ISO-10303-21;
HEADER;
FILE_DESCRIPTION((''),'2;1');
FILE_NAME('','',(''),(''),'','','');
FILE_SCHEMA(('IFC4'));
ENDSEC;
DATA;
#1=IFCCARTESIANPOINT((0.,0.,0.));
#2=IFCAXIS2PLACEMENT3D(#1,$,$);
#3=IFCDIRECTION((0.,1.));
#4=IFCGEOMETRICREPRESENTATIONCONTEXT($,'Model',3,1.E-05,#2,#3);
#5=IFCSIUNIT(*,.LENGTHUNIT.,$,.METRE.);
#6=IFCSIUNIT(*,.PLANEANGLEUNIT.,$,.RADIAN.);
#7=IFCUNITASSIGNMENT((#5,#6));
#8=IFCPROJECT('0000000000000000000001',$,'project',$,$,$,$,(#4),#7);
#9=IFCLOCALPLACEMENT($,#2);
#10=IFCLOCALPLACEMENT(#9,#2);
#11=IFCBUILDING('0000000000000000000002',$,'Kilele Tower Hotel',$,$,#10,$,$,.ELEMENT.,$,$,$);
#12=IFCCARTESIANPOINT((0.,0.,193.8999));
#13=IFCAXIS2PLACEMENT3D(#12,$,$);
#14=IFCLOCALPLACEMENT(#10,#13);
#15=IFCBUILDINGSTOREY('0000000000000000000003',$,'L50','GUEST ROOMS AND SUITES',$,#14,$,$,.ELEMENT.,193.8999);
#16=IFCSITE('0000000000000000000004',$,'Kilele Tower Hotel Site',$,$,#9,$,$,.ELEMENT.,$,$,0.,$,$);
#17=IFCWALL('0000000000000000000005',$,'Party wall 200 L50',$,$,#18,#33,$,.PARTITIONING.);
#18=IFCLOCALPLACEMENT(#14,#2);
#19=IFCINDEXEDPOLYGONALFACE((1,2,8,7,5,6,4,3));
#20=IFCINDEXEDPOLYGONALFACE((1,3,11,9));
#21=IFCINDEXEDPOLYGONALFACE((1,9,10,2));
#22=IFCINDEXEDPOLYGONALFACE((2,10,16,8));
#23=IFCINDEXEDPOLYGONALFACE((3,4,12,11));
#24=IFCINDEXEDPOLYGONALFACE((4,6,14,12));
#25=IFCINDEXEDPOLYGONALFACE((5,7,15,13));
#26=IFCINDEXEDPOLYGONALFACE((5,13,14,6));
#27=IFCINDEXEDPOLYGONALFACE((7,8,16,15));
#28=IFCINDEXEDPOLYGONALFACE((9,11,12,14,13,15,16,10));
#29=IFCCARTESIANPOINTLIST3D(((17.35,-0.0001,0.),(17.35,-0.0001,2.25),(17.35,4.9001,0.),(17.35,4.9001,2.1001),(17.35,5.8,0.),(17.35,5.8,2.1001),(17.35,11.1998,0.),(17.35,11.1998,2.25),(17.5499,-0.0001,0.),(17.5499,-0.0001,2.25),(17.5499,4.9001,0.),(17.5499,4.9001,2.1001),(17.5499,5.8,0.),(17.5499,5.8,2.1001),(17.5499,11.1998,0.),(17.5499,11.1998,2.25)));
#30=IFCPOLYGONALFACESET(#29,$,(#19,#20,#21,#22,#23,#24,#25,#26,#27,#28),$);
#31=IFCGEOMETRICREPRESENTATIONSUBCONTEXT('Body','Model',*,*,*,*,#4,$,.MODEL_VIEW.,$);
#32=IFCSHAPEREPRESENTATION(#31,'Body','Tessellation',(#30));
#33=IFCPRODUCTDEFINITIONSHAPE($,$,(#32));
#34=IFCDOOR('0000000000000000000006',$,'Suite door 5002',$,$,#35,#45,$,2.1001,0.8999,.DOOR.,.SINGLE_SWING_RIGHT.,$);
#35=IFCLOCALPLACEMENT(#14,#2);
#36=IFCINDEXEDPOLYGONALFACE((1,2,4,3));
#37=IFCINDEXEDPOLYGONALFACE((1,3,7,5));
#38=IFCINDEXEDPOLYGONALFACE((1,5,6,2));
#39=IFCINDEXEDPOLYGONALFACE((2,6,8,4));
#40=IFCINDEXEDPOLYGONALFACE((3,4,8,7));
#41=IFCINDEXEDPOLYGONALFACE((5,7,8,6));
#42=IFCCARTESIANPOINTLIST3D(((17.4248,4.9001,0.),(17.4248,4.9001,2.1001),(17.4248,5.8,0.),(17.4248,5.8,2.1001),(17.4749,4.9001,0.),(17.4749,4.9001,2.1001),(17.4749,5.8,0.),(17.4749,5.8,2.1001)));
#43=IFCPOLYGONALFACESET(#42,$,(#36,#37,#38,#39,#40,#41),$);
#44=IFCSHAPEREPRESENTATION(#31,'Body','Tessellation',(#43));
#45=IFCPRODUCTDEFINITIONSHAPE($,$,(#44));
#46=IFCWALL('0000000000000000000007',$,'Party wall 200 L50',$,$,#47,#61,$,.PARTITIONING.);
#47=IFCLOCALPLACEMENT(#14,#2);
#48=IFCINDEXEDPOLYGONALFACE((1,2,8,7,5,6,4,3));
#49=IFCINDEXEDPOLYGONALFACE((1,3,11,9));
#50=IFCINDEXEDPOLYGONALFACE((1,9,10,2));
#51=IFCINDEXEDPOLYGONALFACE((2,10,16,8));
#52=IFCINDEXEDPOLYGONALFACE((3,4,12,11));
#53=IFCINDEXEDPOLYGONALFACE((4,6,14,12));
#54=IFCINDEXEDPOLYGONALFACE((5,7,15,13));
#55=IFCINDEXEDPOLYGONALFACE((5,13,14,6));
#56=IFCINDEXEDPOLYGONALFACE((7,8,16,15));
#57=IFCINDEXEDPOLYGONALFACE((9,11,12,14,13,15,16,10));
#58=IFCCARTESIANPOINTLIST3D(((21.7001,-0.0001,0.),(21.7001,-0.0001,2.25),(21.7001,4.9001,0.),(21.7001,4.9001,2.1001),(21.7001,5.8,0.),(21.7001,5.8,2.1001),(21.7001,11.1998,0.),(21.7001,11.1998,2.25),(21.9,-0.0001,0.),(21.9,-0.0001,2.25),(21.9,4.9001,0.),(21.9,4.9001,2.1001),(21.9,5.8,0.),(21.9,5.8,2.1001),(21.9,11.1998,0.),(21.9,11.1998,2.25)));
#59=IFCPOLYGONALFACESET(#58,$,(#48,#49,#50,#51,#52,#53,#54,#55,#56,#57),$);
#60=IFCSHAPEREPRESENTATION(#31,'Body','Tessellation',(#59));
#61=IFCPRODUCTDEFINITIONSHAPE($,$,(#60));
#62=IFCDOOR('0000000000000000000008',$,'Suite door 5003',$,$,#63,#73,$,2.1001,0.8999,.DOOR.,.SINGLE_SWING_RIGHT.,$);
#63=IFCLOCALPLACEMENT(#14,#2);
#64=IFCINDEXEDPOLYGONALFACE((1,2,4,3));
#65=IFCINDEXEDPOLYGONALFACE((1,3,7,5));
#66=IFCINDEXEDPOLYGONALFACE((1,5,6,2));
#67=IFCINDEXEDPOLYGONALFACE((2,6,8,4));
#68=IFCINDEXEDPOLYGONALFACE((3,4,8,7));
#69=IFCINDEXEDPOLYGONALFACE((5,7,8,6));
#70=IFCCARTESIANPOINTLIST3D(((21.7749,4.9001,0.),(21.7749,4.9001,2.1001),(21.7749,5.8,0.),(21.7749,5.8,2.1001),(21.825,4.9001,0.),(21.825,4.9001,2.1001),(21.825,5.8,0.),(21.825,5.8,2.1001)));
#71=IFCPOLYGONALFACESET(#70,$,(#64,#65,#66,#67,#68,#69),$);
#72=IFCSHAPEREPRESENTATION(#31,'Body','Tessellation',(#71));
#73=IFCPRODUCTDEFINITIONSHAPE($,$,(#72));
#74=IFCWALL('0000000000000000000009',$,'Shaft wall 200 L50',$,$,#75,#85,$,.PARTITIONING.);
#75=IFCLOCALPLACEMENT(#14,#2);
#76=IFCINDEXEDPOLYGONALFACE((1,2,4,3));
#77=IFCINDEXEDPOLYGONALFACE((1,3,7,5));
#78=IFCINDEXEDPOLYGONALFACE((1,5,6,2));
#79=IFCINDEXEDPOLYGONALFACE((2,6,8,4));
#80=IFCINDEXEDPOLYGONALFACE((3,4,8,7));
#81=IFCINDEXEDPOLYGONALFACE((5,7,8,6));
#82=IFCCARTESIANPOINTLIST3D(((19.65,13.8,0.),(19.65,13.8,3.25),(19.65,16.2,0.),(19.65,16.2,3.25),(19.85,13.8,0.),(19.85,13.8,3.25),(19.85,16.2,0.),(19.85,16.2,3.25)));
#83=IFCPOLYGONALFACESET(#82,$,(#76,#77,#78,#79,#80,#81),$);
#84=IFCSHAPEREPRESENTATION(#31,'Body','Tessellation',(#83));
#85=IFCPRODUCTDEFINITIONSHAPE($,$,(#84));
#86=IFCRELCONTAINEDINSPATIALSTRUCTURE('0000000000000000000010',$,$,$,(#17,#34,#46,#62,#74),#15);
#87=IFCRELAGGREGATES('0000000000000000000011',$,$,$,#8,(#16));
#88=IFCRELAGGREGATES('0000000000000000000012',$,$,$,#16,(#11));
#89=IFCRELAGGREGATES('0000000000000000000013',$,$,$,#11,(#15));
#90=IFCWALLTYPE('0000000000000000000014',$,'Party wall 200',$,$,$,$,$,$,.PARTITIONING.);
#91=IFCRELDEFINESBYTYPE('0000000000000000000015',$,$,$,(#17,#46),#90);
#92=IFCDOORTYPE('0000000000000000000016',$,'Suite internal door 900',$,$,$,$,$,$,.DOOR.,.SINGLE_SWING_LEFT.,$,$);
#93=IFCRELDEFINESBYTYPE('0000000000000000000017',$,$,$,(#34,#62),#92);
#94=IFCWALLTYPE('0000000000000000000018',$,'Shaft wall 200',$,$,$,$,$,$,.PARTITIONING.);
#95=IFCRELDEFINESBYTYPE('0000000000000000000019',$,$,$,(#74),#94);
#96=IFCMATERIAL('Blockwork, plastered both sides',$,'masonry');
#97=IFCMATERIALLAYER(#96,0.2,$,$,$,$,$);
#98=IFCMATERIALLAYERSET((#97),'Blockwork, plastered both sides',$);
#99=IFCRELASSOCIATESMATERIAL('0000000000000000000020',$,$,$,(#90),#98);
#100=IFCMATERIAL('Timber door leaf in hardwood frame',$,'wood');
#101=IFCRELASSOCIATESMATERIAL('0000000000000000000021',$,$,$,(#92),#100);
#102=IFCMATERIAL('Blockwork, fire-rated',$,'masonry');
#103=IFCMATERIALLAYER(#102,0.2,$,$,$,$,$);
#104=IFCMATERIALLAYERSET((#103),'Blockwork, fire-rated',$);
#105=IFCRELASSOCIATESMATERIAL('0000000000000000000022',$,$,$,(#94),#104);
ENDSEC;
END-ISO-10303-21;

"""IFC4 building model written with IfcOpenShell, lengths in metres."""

from ifc_helpers import new_model, si_unit, direction, frame, frame_2d, origin, place, context, subcontext, project, spatial, rectangle, extrude, material, layer, layer_set, type_object, element, fill, save


model = new_model("IFC4")

# Units and contexts
model_context = context("Model", 3, precision=1e-05, world=origin(), true_north=direction((0.0, 1.0)))
body_context = subcontext(model_context, "Body", "Model", "MODEL_VIEW")
ifc_project = project(units=[si_unit("LENGTHUNIT", "METRE"), si_unit("PLANEANGLEUNIT", "RADIAN")], contexts=[model_context])

# Site, building, storey
site_placement = place(None, origin())
site = spatial("IfcSite", under=ifc_project, at=site_placement, Name="Kilele Tower Hotel Site", CompositionType="ELEMENT", RefElevation=0.0)
building_placement = place(site_placement, origin())
building = spatial("IfcBuilding", under=site, at=building_placement, Name="Kilele Tower Hotel", CompositionType="ELEMENT")
storey_placement = place(building_placement, frame((0.0, 0.0, 193.8999)))
storey = spatial("IfcBuildingStorey", under=building, at=storey_placement, Name="L50", Description="GUEST ROOMS AND SUITES", CompositionType="ELEMENT", Elevation=193.8999)

# Walls, openings, doors
ifc_material_1 = material(Name="Blockwork, plastered both sides", Category="masonry")
ifc_layer_1 = layer(ifc_material_1, 0.2)
ifc_layer_set_1 = layer_set([ifc_layer_1], Name="Blockwork, plastered both sides")
wall_type_1 = type_object("IfcWallType", Name="Party wall 200", PredefinedType="PARTITIONING", material=ifc_layer_set_1)
wall_1_placement = place(storey_placement, frame((17.45, 11.2, 0.0), z_axis=(0.0, 0.0, 1.0), x_axis=(0.0, -1.0, 0.0)))
wall_1 = element("IfcWall", 1, at=wall_1_placement, inside=storey, type_object=wall_type_1, Name="Party wall 200 L50", PredefinedType="PARTITIONING", context=body_context, shape_type="SweptSolid", body=[
    extrude(rectangle(XDim=11.2, YDim=0.2, at=frame_2d((5.6001, 0.0))), origin(), (0.0, 0.0, 1.0), 2.25),
])
opening_1_placement = place(wall_1_placement, frame((5.3999, 0.0, 0.0)))
opening_1 = element("IfcOpeningElement", 2, at=opening_1_placement, cuts=wall_1, PredefinedType="OPENING", context=body_context, shape_type="SweptSolid", body=[
    extrude(rectangle(XDim=0.8999, YDim=2.1001, at=frame_2d((0.45, 1.05))), frame((0.0, 0.1099, 0.0), z_axis=(0.0, -1.0, 0.0), x_axis=(1.0, 0.0, 0.0)), (0.0, 0.0, 1.0), 0.22),
])
ifc_material_2 = material(Name="Timber door leaf in hardwood frame", Category="wood")
door_type_1 = type_object("IfcDoorType", Name="Suite internal door 900", OperationType="SINGLE_SWING_LEFT", PredefinedType="DOOR", material=ifc_material_2)
door_1_placement = place(opening_1_placement, origin())
door_1 = element("IfcDoor", 3, at=door_1_placement, inside=storey, type_object=door_type_1, Name="Suite door 5002", OperationType="SINGLE_SWING_RIGHT", OverallHeight=2.1001, OverallWidth=0.8999, PredefinedType="DOOR", context=body_context, shape_type="SweptSolid", body=[
    extrude(rectangle(XDim=0.8999, YDim=2.1001, at=frame_2d((0.45, 1.05))), frame((0.0, 0.0249, 0.0), z_axis=(0.0, -1.0, 0.0), x_axis=(1.0, 0.0, 0.0)), (0.0, 0.0, 1.0), 0.05),
])
fill(opening_1, door_1)
wall_2_placement = place(storey_placement, frame((21.8, 11.2, 0.0), z_axis=(0.0, 0.0, 1.0), x_axis=(0.0, -1.0, 0.0)))
wall_2 = element("IfcWall", 4, at=wall_2_placement, inside=storey, type_object=wall_type_1, Name="Party wall 200 L50", PredefinedType="PARTITIONING", context=body_context, shape_type="SweptSolid", body=[
    extrude(rectangle(XDim=11.2, YDim=0.2, at=frame_2d((5.6001, 0.0))), origin(), (0.0, 0.0, 1.0), 2.25),
])
opening_2_placement = place(wall_2_placement, frame((5.3999, 0.0, 0.0)))
opening_2 = element("IfcOpeningElement", 5, at=opening_2_placement, cuts=wall_2, PredefinedType="OPENING", context=body_context, shape_type="SweptSolid", body=[
    extrude(rectangle(XDim=0.8999, YDim=2.1001, at=frame_2d((0.45, 1.05))), frame((0.0, 0.1099, 0.0), z_axis=(0.0, -1.0, 0.0), x_axis=(1.0, 0.0, 0.0)), (0.0, 0.0, 1.0), 0.22),
])
door_2_placement = place(opening_2_placement, origin())
door_2 = element("IfcDoor", 6, at=door_2_placement, inside=storey, type_object=door_type_1, Name="Suite door 5003", OperationType="SINGLE_SWING_RIGHT", OverallHeight=2.1001, OverallWidth=0.8999, PredefinedType="DOOR", context=body_context, shape_type="SweptSolid", body=[
    extrude(rectangle(XDim=0.8999, YDim=2.1001, at=frame_2d((0.45, 1.05))), frame((0.0, 0.0249, 0.0), z_axis=(0.0, -1.0, 0.0), x_axis=(1.0, 0.0, 0.0)), (0.0, 0.0, 1.0), 0.05),
])
fill(opening_2, door_2)

# Wall
ifc_material_3 = material(Name="Blockwork, fire-rated", Category="masonry")
ifc_layer_2 = layer(ifc_material_3, 0.2)
ifc_layer_set_2 = layer_set([ifc_layer_2], Name="Blockwork, fire-rated")
wall_type_2 = type_object("IfcWallType", Name="Shaft wall 200", PredefinedType="PARTITIONING", material=ifc_layer_set_2)
wall_3_placement = place(storey_placement, frame((19.75, 13.8, 0.0), z_axis=(0.0, 0.0, 1.0), x_axis=(0.0, 1.0, 0.0)))
element("IfcWall", 7, at=wall_3_placement, inside=storey, type_object=wall_type_2, Name="Shaft wall 200 L50", PredefinedType="PARTITIONING", context=body_context, shape_type="SweptSolid", body=[
    extrude(rectangle(XDim=2.3999, YDim=0.2, at=frame_2d((1.2, 0.0))), origin(), (0.0, 0.0, 1.0), 3.25),
])

save(model, "model.ifc")
